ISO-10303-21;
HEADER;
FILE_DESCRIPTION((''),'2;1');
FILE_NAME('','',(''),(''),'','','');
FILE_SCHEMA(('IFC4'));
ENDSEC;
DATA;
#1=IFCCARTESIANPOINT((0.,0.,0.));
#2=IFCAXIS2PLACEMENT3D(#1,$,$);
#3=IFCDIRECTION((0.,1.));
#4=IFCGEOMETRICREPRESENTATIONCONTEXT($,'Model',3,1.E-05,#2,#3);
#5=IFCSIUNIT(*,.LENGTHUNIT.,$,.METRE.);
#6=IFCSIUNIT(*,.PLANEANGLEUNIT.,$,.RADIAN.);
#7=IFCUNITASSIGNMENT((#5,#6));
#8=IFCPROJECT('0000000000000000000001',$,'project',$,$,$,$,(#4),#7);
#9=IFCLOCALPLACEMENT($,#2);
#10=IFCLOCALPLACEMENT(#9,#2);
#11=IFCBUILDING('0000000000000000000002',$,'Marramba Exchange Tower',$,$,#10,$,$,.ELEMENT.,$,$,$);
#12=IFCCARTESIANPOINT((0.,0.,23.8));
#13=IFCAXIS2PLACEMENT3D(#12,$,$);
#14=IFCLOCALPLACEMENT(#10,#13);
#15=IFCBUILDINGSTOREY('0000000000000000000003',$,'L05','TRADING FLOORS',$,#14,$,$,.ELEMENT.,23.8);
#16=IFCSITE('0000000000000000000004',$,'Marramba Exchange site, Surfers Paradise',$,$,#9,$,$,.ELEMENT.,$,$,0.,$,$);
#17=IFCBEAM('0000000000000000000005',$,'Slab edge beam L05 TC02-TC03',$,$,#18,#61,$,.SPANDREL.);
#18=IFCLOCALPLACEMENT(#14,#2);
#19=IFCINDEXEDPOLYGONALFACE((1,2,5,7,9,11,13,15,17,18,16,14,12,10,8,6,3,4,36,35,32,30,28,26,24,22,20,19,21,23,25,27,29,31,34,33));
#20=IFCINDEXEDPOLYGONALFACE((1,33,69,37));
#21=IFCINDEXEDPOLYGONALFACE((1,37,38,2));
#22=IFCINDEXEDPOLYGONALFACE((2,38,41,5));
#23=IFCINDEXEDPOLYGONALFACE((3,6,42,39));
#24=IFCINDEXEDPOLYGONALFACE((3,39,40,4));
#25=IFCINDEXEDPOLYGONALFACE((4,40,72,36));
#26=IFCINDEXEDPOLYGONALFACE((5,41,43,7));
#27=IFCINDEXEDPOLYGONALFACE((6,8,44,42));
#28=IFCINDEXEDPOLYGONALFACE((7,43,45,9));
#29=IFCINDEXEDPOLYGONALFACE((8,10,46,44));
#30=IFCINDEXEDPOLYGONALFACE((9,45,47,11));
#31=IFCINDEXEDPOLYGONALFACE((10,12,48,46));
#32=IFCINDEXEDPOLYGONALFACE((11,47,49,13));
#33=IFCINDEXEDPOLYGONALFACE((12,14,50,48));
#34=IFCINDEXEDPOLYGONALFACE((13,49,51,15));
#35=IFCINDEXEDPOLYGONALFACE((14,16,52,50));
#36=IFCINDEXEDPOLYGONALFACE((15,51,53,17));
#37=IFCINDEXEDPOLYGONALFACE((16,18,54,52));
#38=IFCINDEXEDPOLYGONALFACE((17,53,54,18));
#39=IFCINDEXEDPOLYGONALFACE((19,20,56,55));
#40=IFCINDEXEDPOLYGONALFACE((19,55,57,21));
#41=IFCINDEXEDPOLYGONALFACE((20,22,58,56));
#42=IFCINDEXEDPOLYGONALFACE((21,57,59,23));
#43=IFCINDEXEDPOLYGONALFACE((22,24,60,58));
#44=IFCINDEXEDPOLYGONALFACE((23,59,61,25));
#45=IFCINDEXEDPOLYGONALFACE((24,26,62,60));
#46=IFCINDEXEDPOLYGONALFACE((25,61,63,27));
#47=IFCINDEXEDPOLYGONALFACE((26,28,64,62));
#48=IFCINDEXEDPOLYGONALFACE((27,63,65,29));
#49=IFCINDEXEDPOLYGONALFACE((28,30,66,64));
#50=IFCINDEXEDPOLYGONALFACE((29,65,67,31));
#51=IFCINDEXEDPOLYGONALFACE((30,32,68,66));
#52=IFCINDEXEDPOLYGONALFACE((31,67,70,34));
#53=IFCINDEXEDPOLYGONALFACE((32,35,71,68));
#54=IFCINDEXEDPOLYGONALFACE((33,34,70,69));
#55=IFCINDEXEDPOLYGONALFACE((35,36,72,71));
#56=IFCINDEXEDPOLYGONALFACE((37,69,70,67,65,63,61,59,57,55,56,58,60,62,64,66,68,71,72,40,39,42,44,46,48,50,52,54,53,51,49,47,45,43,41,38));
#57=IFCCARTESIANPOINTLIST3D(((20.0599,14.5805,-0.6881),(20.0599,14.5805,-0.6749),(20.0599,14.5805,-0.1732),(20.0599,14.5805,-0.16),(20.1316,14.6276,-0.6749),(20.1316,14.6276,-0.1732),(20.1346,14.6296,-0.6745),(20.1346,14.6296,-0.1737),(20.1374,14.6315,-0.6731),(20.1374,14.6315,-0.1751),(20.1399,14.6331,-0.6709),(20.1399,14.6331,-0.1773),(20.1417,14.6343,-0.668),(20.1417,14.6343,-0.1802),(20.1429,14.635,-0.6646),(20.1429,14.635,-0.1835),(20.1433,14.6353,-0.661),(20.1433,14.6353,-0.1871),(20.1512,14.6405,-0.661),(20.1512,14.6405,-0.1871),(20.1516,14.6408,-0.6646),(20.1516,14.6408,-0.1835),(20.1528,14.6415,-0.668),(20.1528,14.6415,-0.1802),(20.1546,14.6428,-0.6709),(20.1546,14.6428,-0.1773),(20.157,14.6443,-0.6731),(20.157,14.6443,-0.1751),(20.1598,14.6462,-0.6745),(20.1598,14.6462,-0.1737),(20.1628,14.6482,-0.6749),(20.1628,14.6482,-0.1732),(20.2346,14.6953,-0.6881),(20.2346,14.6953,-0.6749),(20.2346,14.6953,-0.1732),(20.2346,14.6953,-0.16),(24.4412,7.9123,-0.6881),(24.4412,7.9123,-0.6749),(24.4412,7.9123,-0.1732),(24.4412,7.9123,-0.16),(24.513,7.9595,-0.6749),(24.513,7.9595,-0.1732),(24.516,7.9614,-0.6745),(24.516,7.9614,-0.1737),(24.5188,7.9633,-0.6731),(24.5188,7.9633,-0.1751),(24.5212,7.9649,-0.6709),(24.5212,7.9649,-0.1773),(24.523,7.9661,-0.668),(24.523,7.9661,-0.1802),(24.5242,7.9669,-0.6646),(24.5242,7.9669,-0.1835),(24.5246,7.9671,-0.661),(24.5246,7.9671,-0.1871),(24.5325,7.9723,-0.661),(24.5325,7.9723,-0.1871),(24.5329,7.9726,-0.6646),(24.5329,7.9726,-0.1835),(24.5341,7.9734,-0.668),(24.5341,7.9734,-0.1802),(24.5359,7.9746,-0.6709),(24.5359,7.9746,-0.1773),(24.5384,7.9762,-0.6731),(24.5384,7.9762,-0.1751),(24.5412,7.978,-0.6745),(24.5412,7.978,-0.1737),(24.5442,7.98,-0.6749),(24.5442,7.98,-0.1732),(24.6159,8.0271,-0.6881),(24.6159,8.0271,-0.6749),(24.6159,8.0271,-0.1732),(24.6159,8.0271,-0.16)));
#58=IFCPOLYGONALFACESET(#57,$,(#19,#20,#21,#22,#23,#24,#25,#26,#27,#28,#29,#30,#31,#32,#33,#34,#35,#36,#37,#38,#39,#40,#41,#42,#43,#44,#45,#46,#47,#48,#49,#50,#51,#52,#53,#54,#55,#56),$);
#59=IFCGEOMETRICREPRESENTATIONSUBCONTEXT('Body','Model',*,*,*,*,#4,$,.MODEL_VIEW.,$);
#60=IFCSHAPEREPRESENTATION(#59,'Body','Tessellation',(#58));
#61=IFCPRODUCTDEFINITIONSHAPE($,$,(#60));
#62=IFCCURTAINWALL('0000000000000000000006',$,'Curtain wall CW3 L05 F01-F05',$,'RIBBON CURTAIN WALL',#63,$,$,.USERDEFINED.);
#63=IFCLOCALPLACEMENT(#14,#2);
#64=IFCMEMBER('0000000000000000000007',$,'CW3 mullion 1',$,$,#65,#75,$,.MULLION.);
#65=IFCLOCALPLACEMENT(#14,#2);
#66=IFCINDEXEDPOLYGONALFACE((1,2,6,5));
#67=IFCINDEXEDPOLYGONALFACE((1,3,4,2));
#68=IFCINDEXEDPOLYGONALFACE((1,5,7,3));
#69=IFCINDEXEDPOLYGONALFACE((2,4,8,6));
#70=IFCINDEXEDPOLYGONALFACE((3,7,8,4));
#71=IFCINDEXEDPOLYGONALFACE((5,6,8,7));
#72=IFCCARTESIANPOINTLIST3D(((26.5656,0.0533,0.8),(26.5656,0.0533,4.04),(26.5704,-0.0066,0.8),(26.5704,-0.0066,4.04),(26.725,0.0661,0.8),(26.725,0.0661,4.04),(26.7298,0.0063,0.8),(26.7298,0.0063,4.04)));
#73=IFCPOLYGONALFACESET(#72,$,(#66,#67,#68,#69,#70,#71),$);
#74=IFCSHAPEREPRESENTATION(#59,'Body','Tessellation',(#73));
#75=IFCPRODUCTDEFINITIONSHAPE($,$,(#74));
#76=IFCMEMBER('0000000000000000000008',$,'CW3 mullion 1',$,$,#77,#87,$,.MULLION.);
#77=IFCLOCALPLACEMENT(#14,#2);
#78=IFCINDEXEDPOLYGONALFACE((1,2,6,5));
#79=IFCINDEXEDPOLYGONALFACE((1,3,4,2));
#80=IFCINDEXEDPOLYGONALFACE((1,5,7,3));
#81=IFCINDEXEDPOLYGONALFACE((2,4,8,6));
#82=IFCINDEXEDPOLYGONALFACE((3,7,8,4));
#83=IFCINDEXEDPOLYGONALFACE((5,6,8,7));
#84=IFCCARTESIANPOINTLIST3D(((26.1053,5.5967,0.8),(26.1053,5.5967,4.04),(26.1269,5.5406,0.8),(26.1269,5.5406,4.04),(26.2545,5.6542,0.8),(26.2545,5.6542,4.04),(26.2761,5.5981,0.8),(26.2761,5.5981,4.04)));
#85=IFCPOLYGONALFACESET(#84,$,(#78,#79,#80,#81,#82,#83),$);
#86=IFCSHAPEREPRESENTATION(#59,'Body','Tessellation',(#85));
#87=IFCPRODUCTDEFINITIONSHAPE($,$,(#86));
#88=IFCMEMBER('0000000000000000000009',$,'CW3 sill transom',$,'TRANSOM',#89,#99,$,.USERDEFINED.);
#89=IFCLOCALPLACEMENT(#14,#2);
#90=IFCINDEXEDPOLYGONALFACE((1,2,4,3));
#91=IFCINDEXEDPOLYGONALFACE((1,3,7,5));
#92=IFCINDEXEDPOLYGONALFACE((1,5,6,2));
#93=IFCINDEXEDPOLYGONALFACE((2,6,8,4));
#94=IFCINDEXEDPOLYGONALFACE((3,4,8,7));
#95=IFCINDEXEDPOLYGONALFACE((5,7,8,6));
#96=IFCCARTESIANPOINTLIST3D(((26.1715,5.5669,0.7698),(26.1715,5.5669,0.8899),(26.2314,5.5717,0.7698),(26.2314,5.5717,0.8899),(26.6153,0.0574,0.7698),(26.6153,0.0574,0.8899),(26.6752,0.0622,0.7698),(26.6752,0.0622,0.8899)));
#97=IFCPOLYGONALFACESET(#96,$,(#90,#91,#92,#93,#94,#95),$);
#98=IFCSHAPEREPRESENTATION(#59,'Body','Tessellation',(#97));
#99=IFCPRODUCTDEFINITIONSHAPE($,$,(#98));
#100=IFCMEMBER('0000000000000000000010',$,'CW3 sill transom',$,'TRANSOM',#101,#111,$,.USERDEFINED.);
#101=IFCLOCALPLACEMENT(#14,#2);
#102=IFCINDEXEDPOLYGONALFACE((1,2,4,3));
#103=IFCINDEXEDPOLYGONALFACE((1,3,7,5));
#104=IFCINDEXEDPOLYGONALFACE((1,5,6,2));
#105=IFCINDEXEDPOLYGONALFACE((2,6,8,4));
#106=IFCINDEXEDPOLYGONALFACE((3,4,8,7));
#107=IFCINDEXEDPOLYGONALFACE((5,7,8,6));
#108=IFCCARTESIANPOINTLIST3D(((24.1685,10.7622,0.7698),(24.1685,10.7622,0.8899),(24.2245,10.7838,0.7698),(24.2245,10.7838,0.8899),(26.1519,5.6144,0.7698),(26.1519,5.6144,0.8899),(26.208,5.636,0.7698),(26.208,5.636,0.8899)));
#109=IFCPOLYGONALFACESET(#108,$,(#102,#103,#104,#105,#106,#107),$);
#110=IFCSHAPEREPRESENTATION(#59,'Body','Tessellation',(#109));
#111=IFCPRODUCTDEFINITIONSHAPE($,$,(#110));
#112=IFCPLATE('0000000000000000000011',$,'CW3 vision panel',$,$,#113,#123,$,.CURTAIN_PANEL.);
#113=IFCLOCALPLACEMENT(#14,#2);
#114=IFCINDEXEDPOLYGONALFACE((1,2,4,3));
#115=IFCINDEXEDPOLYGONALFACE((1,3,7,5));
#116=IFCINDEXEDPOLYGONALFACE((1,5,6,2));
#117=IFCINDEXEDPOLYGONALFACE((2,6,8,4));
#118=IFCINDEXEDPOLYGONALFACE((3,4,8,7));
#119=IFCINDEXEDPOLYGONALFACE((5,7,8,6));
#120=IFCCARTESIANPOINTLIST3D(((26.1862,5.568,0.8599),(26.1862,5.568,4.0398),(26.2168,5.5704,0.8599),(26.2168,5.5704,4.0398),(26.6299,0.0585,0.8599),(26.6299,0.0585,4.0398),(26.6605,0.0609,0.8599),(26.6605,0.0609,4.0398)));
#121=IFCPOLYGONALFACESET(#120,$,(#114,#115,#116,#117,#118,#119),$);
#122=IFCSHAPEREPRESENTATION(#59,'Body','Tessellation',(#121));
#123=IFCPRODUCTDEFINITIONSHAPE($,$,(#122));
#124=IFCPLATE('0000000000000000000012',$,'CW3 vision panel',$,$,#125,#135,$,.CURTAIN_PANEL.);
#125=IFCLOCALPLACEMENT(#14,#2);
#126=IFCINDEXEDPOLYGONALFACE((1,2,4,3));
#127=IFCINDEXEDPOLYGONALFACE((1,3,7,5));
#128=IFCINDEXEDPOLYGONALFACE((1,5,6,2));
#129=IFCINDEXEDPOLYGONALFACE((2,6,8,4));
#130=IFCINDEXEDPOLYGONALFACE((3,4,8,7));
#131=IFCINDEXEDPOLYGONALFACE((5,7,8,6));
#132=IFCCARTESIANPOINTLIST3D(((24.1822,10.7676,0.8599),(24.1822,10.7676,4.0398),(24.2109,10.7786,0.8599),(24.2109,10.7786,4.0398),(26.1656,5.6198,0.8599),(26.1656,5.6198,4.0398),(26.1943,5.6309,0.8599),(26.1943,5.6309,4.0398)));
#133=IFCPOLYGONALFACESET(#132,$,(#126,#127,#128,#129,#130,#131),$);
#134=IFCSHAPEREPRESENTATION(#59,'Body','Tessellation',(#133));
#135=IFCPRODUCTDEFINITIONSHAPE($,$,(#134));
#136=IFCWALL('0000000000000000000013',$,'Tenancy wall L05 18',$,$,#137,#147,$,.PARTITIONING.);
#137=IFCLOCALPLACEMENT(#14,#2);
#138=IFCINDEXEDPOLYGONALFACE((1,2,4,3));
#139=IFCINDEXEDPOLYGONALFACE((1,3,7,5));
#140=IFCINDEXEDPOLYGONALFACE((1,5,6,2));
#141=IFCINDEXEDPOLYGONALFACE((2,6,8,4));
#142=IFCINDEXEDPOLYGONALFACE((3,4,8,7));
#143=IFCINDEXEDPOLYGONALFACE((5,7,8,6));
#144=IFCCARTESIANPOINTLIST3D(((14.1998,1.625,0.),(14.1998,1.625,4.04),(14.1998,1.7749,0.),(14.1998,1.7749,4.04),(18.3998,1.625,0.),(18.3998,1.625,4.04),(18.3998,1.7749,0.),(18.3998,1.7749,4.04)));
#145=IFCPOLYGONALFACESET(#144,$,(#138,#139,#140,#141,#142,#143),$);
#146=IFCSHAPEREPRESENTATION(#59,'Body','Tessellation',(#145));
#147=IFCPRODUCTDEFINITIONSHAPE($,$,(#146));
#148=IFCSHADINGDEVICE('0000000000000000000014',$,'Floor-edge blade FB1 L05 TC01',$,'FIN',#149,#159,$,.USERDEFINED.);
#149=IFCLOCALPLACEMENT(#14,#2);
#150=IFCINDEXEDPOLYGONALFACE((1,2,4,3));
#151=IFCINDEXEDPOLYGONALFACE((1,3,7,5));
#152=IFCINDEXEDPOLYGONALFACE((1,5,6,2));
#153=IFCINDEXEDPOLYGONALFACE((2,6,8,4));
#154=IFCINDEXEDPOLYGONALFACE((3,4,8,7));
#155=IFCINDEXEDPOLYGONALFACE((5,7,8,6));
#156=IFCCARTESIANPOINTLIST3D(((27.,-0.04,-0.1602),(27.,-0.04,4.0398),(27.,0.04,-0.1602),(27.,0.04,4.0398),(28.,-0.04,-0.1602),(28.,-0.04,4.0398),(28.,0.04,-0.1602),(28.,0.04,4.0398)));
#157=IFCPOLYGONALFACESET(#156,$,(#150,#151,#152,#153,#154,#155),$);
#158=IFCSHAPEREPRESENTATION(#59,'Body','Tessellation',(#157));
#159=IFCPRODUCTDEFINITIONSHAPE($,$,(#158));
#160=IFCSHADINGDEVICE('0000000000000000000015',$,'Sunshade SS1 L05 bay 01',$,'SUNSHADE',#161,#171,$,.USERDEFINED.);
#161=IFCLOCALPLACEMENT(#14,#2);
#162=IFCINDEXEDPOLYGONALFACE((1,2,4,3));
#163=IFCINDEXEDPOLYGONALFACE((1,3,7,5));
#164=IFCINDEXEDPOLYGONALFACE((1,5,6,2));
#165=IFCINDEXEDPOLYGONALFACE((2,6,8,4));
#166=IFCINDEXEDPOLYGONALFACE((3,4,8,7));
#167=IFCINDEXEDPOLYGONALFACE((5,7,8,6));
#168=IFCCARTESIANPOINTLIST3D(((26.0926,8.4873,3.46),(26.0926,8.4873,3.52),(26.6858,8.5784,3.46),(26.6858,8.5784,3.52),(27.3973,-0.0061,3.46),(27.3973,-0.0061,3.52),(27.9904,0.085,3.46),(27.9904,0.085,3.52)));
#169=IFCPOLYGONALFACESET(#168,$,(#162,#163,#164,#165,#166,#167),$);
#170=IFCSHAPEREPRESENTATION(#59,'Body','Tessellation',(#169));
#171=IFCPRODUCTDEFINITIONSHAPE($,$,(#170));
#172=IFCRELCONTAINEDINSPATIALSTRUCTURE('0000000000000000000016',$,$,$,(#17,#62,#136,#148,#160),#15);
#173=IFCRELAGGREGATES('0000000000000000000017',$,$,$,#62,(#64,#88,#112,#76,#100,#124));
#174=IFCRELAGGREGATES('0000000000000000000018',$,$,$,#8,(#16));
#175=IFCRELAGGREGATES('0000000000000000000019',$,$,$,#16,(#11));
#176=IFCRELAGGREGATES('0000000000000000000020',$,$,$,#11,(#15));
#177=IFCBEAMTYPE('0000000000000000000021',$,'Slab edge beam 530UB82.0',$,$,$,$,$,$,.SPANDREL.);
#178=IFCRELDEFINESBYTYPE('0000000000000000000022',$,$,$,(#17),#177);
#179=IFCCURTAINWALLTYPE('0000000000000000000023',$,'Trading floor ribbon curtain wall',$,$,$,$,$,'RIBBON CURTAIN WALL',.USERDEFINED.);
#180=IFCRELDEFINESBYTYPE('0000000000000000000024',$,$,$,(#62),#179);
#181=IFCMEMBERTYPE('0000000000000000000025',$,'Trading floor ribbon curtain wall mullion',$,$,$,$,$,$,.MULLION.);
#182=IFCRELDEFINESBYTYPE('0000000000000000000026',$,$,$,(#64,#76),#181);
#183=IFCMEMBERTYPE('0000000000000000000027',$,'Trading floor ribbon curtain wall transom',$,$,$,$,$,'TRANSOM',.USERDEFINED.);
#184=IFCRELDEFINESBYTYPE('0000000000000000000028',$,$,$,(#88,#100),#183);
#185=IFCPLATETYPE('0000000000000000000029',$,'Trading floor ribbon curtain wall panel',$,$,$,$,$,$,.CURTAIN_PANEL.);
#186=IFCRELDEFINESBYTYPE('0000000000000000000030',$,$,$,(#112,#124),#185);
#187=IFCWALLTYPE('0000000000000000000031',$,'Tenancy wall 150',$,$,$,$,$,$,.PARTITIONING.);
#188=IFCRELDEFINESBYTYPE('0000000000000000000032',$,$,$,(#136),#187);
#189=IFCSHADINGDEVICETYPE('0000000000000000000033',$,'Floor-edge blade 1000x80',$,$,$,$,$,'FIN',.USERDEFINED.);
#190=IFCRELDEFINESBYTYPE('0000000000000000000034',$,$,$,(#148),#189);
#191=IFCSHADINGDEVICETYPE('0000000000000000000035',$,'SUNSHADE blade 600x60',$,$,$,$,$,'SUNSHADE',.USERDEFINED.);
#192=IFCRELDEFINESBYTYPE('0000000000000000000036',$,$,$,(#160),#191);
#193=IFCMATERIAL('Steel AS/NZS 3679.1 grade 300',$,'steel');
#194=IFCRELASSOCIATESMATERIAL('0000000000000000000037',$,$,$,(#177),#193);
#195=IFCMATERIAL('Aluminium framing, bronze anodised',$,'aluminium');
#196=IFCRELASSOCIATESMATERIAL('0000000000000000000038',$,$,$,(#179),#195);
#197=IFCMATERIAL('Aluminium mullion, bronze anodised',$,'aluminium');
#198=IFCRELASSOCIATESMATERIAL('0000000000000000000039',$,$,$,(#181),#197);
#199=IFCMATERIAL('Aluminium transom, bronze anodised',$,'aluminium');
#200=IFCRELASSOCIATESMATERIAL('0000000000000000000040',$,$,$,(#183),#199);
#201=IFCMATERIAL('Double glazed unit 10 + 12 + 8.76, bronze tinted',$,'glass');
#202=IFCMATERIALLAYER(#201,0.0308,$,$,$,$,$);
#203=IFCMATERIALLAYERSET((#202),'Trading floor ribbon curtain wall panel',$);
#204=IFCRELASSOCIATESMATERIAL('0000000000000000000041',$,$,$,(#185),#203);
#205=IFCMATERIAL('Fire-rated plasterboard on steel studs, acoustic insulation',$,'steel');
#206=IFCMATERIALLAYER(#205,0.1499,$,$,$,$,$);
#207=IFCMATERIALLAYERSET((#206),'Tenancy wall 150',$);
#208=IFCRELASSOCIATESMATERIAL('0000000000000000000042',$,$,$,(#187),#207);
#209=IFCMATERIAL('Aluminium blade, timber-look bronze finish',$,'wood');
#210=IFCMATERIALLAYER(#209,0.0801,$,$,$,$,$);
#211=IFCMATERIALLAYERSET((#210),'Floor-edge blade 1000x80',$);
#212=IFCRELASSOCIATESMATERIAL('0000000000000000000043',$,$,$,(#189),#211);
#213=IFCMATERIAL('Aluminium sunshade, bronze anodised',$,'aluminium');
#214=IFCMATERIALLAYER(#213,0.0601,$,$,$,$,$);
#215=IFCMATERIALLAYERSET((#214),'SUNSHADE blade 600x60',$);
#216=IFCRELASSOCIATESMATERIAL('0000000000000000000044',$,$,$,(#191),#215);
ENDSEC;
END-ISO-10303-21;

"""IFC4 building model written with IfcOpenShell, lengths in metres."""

from ifc_helpers import new_model, si_unit, direction, frame, frame_2d, origin, origin_2d, place, context, subcontext, project, spatial, rectangle, i_section, extrude, material, layer, layer_set, material_profile, profile_set, type_object, element, aggregate, save


model = new_model("IFC4")

# Units and contexts
model_context = context("Model", 3, precision=1e-05, world=origin(), true_north=direction((0.0, 1.0)))
body_context = subcontext(model_context, "Body", "Model", "MODEL_VIEW")
ifc_project = project(units=[si_unit("LENGTHUNIT", "METRE"), si_unit("PLANEANGLEUNIT", "RADIAN")], contexts=[model_context])

# Site, building, storey
site_placement = place(None, origin())
site = spatial("IfcSite", under=ifc_project, at=site_placement, Name="Marramba Exchange site, Surfers Paradise", CompositionType="ELEMENT", RefElevation=0.0)
building_placement = place(site_placement, origin())
building = spatial("IfcBuilding", under=site, at=building_placement, Name="Marramba Exchange Tower", CompositionType="ELEMENT")
storey_placement = place(building_placement, frame((0.0, 0.0, 23.8)))
storey = spatial("IfcBuildingStorey", under=building, at=storey_placement, Name="L05", Description="TRADING FLOORS", CompositionType="ELEMENT", Elevation=23.8)

# Beam
ifc_material_1 = material(Name="Steel AS/NZS 3679.1 grade 300", Category="steel")
ifc_material_profile_1 = material_profile(ifc_material_1, i_section(OverallWidth=0.209, OverallDepth=0.5281, WebThickness=0.0095, FlangeThickness=0.0132, FilletRadius=0.0139, at=origin_2d()), Name="530UB82.0")
ifc_profile_set_1 = profile_set([ifc_material_profile_1], Name="Steel AS/NZS 3679.1 grade 300")
beam_type_1 = type_object("IfcBeamType", Name="Slab edge beam 530UB82.0", PredefinedType="SPANDREL", material=ifc_profile_set_1)
beam_1_placement = place(storey_placement, frame((24.5286, 7.9697, -0.4241), z_axis=(-0.549124, 0.835741, 0.0), x_axis=(-0.835741, -0.549124, 0.0)))
element("IfcBeam", 1, at=beam_1_placement, inside=storey, type_object=beam_type_1, Name="Slab edge beam L05 TC02-TC03", PredefinedType="SPANDREL", context=body_context, shape_type="SweptSolid", body=[
    extrude(i_section(OverallWidth=0.209, OverallDepth=0.5281, WebThickness=0.0095, FlangeThickness=0.0132, FilletRadius=0.0139, at=origin_2d()), origin(), (0.0, 0.0, 1.0), 7.9788),
])

# Curtain wall, members, plates
ifc_material_2 = material(Name="Aluminium framing, bronze anodised", Category="aluminium")
curtain_wall_type = type_object("IfcCurtainWallType", Name="Trading floor ribbon curtain wall", ElementType="RIBBON CURTAIN WALL", PredefinedType="USERDEFINED", material=ifc_material_2)
curtain_wall_placement = place(storey_placement, origin())
curtain_wall = element("IfcCurtainWall", 2, at=curtain_wall_placement, inside=storey, type_object=curtain_wall_type, Name="Curtain wall CW3 L05 F01-F05", ObjectType="RIBBON CURTAIN WALL", PredefinedType="USERDEFINED")
ifc_material_3 = material(Name="Aluminium mullion, bronze anodised", Category="aluminium")
ifc_material_profile_2 = material_profile(ifc_material_3, rectangle(XDim=0.1599, YDim=0.0601, at=origin_2d()), Name="CW3 mullion 60x160")
ifc_profile_set_2 = profile_set([ifc_material_profile_2], Name="Aluminium mullion, bronze anodised")
member_type_1 = type_object("IfcMemberType", Name="Trading floor ribbon curtain wall mullion", PredefinedType="MULLION", material=ifc_profile_set_2)
member_1_placement = place(storey_placement, frame((26.6477, 0.0298, 0.8), z_axis=(0.0, 0.0, 1.0), x_axis=(-0.996773, -0.080275, 0.0)))
member_1 = element("IfcMember", 3, at=member_1_placement, type_object=member_type_1, Name="CW3 mullion 1", PredefinedType="MULLION", context=body_context, shape_type="SweptSolid", body=[
    extrude(rectangle(XDim=0.1599, YDim=0.0601, at=origin_2d()), origin(), (0.0, 0.0, 1.0), 3.24),
])
member_2_placement = place(storey_placement, frame((26.1907, 5.5974, 0.8), z_axis=(0.0, 0.0, 1.0), x_axis=(-0.933135, -0.359526, 0.0)))
member_2 = element("IfcMember", 4, at=member_2_placement, type_object=member_type_1, Name="CW3 mullion 1", PredefinedType="MULLION", context=body_context, shape_type="SweptSolid", body=[
    extrude(rectangle(XDim=0.1599, YDim=0.0601, at=origin_2d()), origin(), (0.0, 0.0, 1.0), 3.24),
])
ifc_material_4 = material(Name="Aluminium transom, bronze anodised", Category="aluminium")
ifc_material_profile_3 = material_profile(ifc_material_4, rectangle(XDim=0.0601, YDim=0.1201, at=origin_2d()), Name="CW3 transom 60x120")
ifc_profile_set_3 = profile_set([ifc_material_profile_3], Name="Aluminium transom, bronze anodised")
member_type_2 = type_object("IfcMemberType", Name="Trading floor ribbon curtain wall transom", ElementType="TRANSOM", PredefinedType="USERDEFINED", material=ifc_profile_set_3)
member_3_placement = place(storey_placement, frame((26.6453, 0.0598, 0.8298), z_axis=(-0.0803, 0.996771, 0.0), x_axis=(-0.996771, -0.0803, 0.0)))
member_3 = element("IfcMember", 5, at=member_3_placement, type_object=member_type_2, Name="CW3 sill transom", ObjectType="TRANSOM", PredefinedType="USERDEFINED", context=body_context, shape_type="SweptSolid", body=[
    extrude(rectangle(XDim=0.0601, YDim=0.1201, at=origin_2d()), origin(), (0.0, 0.0, 1.0), 5.5273),
])
member_4_placement = place(storey_placement, frame((26.1799, 5.6252, 0.8298), z_axis=(-0.359534, 0.933132, 0.0), x_axis=(-0.933132, -0.359534, 0.0)))
member_4 = element("IfcMember", 6, at=member_4_placement, type_object=member_type_2, Name="CW3 sill transom", ObjectType="TRANSOM", PredefinedType="USERDEFINED", context=body_context, shape_type="SweptSolid", body=[
    extrude(rectangle(XDim=0.0601, YDim=0.1201, at=origin_2d()), origin(), (0.0, 0.0, 1.0), 5.5166),
])
ifc_material_5 = material(Name="Double glazed unit 10 + 12 + 8.76, bronze tinted", Category="glass")
ifc_layer_1 = layer(ifc_material_5, 0.0308)
ifc_layer_set_1 = layer_set([ifc_layer_1], Name="Trading floor ribbon curtain wall panel")
plate_type = type_object("IfcPlateType", Name="Trading floor ribbon curtain wall panel", PredefinedType="CURTAIN_PANEL", material=ifc_layer_set_1)
plate_1_placement = place(storey_placement, frame((26.4233, 2.8145, 0.8599), z_axis=(0.0, 0.0, 1.0), x_axis=(-0.080275, 0.996773, 0.0)))
plate_1 = element("IfcPlate", 7, at=plate_1_placement, type_object=plate_type, Name="CW3 vision panel", PredefinedType="CURTAIN_PANEL", context=body_context, shape_type="SweptSolid", body=[
    extrude(rectangle(XDim=5.5273, YDim=0.0308, at=origin_2d()), origin(), (0.0, 0.0, 1.0), 3.1799),
])
plate_2_placement = place(storey_placement, frame((25.1882, 8.1992, 0.8599), z_axis=(0.0, 0.0, 1.0), x_axis=(-0.359526, 0.933135, 0.0)))
plate_2 = element("IfcPlate", 8, at=plate_2_placement, type_object=plate_type, Name="CW3 vision panel", PredefinedType="CURTAIN_PANEL", context=body_context, shape_type="SweptSolid", body=[
    extrude(rectangle(XDim=5.5166, YDim=0.0308, at=origin_2d()), origin(), (0.0, 0.0, 1.0), 3.1799),
])
aggregate(curtain_wall, [member_1, member_3, plate_1, member_2, member_4, plate_2])

# Wall
ifc_material_6 = material(Name="Fire-rated plasterboard on steel studs, acoustic insulation", Category="steel")
ifc_layer_2 = layer(ifc_material_6, 0.1499)
ifc_layer_set_2 = layer_set([ifc_layer_2], Name="Tenancy wall 150")
wall_type = type_object("IfcWallType", Name="Tenancy wall 150", PredefinedType="PARTITIONING", material=ifc_layer_set_2)
wall_placement = place(storey_placement, frame((18.3999, 1.7, 0.0), z_axis=(0.0, 0.0, 1.0), x_axis=(-1.0, 0.0, 0.0)))
element("IfcWall", 9, at=wall_placement, inside=storey, type_object=wall_type, Name="Tenancy wall L05 18", PredefinedType="PARTITIONING", context=body_context, shape_type="SweptSolid", body=[
    extrude(rectangle(XDim=4.2, YDim=0.1499, at=frame_2d((2.1001, 0.0))), origin(), (0.0, 0.0, 1.0), 4.04),
])

# Shading devices
ifc_material_7 = material(Name="Aluminium blade, timber-look bronze finish", Category="wood")
ifc_layer_3 = layer(ifc_material_7, 0.0801)
ifc_layer_set_3 = layer_set([ifc_layer_3], Name="Floor-edge blade 1000x80")
shading_device_type_1 = type_object("IfcShadingDeviceType", Name="Floor-edge blade 1000x80", ElementType="FIN", PredefinedType="USERDEFINED", material=ifc_layer_set_3)
shading_device_1_placement = place(storey_placement, frame((27.5, 0.0, -0.1602), z_axis=(0.0, 0.0, 1.0), x_axis=(1.0, 0.0, 0.0)))
element("IfcShadingDevice", 10, at=shading_device_1_placement, inside=storey, type_object=shading_device_type_1, Name="Floor-edge blade FB1 L05 TC01", ObjectType="FIN", PredefinedType="USERDEFINED", context=body_context, shape_type="SweptSolid", body=[
    extrude(rectangle(XDim=1.0, YDim=0.0801, at=origin_2d()), origin(), (0.0, 0.0, 1.0), 4.2),
])
ifc_material_8 = material(Name="Aluminium sunshade, bronze anodised", Category="aluminium")
ifc_layer_4 = layer(ifc_material_8, 0.0601)
ifc_layer_set_4 = layer_set([ifc_layer_4], Name="SUNSHADE blade 600x60")
shading_device_type_2 = type_object("IfcShadingDeviceType", Name="SUNSHADE blade 600x60", ElementType="SUNSHADE", PredefinedType="USERDEFINED", material=ifc_layer_set_4)
shading_device_2_placement = place(storey_placement, frame((27.0415, 4.2861, 3.46), z_axis=(0.0, 0.0, 1.0), x_axis=(-0.151825, 0.988407, 0.0)))
element("IfcShadingDevice", 11, at=shading_device_2_placement, inside=storey, type_object=shading_device_type_2, Name="Sunshade SS1 L05 bay 01", ObjectType="SUNSHADE", PredefinedType="USERDEFINED", context=body_context, shape_type="SweptSolid", body=[
    extrude(rectangle(XDim=8.593, YDim=0.6001, at=origin_2d()), origin(), (0.0, 0.0, 1.0), 0.0601),
])

save(model, "model.ifc")
